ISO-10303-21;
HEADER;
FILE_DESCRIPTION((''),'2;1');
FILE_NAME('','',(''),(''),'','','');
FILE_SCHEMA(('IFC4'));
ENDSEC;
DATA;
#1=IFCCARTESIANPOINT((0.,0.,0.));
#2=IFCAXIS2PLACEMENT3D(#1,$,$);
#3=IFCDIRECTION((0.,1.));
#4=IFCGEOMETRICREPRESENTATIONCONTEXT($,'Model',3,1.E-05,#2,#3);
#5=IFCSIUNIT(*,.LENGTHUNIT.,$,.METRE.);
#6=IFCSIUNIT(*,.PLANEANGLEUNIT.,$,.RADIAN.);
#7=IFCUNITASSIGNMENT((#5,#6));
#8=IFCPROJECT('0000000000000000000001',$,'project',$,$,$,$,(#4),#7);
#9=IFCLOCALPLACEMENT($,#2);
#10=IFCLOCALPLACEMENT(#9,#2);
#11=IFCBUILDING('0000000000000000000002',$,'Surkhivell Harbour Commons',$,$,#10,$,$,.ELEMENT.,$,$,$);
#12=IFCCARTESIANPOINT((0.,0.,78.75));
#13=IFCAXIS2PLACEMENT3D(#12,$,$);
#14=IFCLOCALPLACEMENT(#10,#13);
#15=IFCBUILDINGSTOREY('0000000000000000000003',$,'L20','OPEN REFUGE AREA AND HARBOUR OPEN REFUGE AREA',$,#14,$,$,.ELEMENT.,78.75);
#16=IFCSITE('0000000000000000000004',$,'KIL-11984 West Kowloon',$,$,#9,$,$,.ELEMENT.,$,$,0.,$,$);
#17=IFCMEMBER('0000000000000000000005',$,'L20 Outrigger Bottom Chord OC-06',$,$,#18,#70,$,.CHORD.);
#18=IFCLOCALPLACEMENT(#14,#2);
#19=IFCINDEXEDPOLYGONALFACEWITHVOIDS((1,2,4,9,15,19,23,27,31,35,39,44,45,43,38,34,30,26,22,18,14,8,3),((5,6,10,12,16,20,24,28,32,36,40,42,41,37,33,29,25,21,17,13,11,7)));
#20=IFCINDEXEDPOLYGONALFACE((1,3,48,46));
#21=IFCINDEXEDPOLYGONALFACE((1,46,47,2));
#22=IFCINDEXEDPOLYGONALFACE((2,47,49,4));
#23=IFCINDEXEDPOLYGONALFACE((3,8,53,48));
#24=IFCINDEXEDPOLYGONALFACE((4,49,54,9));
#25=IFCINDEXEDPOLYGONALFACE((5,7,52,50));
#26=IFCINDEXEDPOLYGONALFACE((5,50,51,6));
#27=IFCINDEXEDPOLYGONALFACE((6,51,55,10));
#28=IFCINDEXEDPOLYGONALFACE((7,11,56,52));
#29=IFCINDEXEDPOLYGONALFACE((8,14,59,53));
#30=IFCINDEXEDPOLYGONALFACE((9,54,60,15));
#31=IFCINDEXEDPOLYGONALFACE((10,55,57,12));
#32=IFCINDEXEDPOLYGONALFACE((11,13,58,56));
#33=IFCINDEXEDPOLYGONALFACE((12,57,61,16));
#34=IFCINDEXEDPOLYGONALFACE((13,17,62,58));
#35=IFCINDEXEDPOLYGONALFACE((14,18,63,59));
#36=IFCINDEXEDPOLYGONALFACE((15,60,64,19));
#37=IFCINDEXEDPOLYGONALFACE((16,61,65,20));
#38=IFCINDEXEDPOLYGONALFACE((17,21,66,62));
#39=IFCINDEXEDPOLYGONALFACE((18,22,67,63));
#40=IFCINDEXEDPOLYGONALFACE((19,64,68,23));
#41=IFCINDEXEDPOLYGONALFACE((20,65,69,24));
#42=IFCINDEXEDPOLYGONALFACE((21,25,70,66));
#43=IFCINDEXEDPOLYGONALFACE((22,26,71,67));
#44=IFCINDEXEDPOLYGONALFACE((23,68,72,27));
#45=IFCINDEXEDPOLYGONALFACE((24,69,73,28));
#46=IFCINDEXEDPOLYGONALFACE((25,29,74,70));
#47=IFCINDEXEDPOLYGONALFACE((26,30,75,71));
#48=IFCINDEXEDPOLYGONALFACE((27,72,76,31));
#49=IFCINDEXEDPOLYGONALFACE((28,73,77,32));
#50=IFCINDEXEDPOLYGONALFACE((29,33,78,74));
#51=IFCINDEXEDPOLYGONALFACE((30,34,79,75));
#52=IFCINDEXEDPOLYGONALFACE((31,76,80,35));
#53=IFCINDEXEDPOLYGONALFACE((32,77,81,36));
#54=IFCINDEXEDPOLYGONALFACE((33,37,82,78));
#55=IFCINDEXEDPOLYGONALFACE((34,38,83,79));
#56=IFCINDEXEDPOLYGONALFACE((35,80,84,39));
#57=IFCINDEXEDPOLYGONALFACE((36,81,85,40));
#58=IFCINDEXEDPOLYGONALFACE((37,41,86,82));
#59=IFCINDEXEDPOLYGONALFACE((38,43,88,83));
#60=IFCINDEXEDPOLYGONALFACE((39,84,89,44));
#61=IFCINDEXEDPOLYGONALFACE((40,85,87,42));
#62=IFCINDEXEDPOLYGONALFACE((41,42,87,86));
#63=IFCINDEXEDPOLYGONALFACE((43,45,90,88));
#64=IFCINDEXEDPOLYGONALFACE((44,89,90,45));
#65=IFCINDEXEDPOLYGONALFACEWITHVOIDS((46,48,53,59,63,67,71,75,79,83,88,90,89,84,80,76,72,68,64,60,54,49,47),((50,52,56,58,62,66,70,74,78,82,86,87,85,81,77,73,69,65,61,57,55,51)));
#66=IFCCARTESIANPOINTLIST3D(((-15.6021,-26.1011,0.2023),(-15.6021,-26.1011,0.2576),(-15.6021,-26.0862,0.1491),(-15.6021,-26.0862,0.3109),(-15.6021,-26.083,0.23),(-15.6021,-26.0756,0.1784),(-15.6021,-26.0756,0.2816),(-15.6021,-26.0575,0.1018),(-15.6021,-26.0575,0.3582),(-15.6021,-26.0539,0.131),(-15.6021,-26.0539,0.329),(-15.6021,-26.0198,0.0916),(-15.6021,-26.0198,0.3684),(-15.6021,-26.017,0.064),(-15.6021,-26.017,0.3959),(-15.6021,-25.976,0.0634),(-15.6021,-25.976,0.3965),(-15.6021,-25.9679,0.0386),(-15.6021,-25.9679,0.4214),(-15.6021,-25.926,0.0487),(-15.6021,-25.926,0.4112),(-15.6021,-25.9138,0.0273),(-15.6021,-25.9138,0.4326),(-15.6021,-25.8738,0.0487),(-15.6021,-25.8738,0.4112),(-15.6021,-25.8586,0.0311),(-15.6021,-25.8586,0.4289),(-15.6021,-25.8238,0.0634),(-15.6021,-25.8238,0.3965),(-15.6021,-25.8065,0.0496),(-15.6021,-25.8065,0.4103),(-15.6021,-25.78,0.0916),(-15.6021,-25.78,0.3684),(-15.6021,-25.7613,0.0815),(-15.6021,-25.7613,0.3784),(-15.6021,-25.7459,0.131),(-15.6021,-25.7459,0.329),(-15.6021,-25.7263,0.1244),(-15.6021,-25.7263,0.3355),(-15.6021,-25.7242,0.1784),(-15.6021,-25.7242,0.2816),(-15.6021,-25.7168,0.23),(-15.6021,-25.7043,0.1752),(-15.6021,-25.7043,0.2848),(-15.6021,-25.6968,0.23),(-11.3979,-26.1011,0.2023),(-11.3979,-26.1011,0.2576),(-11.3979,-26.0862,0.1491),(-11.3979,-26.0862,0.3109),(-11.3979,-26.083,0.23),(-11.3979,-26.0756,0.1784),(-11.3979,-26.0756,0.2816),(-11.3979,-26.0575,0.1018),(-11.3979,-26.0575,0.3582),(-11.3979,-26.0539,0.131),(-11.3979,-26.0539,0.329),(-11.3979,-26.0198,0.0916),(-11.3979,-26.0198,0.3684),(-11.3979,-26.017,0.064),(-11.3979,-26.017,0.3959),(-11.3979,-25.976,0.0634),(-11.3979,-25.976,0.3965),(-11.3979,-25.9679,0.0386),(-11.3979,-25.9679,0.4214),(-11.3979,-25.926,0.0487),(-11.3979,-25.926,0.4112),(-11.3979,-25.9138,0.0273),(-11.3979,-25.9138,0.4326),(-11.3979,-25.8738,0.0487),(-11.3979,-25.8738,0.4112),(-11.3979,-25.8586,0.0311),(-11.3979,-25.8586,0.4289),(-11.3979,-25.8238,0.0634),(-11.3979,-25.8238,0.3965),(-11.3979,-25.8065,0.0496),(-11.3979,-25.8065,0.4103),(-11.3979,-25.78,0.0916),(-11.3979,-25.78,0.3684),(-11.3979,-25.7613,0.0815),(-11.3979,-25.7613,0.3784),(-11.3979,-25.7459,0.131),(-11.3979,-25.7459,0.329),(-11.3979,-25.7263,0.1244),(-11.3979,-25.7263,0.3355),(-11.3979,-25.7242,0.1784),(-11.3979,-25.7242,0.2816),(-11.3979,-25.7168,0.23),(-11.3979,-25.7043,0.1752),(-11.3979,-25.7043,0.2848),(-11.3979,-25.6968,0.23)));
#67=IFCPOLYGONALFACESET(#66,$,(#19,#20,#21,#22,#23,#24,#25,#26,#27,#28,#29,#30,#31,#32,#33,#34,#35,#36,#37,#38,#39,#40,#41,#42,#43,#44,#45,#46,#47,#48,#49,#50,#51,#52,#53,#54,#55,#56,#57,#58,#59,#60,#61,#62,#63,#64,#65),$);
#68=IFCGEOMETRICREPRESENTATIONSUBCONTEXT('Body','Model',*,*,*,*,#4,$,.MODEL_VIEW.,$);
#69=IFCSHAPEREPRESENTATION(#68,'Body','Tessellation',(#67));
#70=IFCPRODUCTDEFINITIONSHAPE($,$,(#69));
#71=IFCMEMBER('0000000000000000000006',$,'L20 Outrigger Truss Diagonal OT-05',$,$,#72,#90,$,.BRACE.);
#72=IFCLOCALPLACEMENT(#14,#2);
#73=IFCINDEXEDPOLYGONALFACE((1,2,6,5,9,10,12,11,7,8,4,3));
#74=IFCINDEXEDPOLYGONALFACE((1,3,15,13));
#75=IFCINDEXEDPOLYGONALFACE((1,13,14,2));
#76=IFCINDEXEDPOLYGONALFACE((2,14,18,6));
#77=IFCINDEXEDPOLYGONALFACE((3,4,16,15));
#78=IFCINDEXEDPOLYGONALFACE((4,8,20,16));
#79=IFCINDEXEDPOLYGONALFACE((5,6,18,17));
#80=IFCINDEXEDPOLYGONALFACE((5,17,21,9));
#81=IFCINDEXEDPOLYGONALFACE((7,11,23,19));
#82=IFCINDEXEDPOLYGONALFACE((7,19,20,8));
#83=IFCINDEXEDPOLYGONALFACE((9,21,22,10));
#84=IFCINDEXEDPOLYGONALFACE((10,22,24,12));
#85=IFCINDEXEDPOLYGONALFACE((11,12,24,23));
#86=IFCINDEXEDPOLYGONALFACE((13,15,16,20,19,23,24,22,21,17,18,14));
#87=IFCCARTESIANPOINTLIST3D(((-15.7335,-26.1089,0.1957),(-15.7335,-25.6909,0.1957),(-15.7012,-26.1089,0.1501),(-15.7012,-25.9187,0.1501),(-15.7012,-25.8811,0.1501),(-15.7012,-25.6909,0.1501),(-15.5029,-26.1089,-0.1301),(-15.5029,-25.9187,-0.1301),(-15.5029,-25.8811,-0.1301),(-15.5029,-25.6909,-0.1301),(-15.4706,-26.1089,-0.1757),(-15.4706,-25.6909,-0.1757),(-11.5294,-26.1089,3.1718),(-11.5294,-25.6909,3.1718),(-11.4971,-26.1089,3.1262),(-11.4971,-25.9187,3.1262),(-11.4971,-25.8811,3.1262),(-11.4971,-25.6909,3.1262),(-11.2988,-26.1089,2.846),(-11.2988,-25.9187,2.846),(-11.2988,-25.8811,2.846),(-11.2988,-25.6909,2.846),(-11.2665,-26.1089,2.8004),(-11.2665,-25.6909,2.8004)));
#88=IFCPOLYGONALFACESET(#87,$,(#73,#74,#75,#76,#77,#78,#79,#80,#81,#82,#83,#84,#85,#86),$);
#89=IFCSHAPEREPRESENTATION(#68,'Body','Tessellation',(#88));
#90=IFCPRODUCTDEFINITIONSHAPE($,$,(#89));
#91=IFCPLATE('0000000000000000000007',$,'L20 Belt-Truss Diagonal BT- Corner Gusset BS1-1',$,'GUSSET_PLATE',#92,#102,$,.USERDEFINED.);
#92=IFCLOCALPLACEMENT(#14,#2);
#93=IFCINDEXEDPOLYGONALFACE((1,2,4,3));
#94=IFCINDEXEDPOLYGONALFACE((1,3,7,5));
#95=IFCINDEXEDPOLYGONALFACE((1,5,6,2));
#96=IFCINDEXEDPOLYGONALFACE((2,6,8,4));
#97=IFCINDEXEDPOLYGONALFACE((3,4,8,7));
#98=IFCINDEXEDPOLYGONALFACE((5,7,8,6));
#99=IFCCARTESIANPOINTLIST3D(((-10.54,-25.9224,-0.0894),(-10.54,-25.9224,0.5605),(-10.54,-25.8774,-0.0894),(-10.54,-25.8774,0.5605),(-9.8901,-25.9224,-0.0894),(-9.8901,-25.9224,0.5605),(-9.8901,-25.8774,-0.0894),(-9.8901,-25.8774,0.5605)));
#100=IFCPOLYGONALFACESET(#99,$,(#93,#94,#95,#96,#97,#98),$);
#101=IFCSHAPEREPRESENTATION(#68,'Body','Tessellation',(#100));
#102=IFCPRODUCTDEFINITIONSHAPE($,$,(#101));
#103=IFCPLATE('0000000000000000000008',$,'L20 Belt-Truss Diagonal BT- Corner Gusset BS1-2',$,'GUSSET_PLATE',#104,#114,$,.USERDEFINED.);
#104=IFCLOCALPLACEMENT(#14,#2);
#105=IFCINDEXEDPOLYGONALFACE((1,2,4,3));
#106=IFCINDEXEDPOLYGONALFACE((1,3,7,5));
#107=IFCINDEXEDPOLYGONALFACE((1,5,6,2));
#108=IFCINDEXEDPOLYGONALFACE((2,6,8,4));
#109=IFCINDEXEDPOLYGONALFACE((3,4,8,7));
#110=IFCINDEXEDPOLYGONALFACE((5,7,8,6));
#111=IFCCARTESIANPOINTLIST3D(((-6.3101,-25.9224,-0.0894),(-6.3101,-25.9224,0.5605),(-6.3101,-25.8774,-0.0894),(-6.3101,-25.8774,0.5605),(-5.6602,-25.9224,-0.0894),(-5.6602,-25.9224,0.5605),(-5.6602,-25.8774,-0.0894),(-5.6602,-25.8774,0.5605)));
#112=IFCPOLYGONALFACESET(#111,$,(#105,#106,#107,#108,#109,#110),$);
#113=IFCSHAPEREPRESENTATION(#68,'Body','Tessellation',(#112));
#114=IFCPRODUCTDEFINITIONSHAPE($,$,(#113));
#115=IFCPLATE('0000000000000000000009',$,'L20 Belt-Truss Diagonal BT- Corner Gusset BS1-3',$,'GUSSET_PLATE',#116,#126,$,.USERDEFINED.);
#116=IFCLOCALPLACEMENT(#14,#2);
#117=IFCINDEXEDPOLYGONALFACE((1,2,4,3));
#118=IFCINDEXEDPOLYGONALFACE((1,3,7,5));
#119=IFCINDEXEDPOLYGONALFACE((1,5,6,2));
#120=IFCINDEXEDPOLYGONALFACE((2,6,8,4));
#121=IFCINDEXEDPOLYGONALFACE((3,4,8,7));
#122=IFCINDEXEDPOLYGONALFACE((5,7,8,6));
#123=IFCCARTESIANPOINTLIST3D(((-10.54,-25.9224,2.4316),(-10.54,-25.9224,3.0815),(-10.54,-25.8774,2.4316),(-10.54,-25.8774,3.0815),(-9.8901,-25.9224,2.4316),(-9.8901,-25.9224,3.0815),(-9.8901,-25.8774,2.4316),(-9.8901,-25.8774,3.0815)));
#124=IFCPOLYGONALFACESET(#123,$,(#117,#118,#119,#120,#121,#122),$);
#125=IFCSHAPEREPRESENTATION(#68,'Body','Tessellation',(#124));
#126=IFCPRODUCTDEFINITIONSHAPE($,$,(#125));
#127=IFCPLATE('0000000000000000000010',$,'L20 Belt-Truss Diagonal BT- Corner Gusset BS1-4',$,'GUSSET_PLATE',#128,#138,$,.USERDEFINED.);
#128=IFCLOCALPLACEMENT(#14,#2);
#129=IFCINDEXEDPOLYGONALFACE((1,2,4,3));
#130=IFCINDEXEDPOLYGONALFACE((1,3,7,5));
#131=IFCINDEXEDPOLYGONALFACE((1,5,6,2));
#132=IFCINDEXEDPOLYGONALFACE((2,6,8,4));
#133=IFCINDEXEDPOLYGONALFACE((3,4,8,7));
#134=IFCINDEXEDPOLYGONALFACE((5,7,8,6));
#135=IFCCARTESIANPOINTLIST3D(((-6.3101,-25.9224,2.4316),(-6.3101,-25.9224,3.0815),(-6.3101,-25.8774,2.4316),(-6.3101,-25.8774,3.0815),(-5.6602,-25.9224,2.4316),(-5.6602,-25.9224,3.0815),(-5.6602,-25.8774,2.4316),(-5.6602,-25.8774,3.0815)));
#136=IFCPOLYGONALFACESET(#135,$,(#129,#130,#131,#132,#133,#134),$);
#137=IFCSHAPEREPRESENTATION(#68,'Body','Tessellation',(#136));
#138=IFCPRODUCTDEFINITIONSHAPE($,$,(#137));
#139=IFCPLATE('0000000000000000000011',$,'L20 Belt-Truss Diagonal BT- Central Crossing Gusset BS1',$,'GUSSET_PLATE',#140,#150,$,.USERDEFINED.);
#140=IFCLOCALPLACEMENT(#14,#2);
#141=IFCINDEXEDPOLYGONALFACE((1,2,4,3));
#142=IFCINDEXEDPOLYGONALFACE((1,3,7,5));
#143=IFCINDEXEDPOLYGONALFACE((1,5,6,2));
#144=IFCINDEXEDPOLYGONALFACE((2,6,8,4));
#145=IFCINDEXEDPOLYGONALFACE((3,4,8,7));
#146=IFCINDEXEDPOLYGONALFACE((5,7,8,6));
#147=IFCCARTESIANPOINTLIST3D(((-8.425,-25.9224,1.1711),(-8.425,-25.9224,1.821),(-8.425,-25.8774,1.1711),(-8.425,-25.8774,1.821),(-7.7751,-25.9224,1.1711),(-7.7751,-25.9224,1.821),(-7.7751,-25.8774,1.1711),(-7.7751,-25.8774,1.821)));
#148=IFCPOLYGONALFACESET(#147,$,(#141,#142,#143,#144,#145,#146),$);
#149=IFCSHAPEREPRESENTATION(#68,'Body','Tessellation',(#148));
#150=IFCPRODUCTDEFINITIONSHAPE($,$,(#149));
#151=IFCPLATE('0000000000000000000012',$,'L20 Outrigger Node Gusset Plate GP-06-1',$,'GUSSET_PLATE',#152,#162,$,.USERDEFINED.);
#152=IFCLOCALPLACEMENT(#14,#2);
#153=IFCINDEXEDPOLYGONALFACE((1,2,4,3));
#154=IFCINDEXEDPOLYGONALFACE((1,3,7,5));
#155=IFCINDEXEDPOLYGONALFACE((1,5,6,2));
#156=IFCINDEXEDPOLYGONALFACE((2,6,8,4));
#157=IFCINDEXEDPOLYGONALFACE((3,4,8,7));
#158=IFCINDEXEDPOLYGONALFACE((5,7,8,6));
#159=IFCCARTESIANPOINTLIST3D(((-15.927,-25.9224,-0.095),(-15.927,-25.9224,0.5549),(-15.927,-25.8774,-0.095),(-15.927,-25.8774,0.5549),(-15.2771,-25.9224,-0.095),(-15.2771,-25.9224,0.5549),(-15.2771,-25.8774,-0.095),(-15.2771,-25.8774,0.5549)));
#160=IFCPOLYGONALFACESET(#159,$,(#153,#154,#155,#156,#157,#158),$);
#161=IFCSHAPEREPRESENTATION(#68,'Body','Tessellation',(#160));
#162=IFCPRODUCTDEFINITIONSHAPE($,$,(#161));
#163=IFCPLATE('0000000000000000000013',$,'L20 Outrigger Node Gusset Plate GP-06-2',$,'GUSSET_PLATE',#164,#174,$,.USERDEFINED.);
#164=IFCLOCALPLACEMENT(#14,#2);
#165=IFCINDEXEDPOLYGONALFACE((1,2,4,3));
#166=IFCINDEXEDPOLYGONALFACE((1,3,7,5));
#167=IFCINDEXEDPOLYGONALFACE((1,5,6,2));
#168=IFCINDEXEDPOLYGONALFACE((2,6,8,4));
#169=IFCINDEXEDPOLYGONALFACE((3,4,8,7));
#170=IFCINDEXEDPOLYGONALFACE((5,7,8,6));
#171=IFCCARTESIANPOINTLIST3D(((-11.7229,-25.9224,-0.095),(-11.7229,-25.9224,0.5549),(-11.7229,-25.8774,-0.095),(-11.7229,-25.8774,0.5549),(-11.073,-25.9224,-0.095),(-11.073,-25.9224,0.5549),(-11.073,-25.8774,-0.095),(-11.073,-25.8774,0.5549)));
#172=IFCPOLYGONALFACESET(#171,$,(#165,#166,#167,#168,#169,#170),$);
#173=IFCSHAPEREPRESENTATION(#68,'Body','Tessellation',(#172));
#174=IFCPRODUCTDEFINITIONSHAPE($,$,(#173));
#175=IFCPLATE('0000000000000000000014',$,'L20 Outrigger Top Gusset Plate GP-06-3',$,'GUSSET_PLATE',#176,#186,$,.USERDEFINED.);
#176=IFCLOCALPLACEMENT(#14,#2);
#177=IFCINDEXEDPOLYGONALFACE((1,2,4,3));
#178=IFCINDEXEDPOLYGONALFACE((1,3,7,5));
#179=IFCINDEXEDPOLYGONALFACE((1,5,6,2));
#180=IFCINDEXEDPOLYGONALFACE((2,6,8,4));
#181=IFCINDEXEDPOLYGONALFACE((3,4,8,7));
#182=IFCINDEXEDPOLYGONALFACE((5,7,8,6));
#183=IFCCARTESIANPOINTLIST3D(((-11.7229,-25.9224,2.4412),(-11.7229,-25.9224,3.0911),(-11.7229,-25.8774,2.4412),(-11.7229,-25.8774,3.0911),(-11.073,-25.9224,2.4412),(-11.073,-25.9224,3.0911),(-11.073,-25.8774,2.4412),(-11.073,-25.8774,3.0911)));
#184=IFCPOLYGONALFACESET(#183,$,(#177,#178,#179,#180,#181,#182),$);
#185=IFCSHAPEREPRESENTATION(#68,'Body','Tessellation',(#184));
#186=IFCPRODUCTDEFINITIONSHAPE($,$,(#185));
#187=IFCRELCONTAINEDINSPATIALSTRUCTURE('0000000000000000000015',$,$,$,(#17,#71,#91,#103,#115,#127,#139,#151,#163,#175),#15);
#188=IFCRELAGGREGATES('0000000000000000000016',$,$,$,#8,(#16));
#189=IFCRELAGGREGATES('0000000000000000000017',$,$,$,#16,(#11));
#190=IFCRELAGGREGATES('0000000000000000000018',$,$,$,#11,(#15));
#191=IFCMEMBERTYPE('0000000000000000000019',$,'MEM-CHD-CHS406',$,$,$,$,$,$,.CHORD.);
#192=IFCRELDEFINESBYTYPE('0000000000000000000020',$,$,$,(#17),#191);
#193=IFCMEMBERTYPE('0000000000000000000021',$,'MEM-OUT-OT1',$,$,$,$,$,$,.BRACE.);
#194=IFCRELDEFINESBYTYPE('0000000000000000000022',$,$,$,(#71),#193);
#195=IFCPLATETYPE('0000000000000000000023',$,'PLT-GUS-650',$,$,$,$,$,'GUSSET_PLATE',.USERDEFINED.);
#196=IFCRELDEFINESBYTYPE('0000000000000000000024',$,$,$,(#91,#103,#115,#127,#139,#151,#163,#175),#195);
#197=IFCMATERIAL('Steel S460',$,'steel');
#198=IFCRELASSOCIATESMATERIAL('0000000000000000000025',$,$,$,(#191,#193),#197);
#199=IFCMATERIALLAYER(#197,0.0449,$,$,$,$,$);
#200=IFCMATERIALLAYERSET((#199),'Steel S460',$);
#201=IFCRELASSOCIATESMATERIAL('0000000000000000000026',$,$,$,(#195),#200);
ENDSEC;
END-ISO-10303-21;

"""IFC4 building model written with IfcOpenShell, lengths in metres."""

from ifc_helpers import new_model, si_unit, direction, frame, origin, origin_2d, place, context, subcontext, project, spatial, rectangle, hollow_circle, i_section, extrude, material, layer, layer_set, material_profile, profile_set, type_object, element, save


model = new_model("IFC4")

# Units and contexts
model_context = context("Model", 3, precision=1e-05, world=origin(), true_north=direction((0.0, 1.0)))
body_context = subcontext(model_context, "Body", "Model", "MODEL_VIEW")
ifc_project = project(units=[si_unit("LENGTHUNIT", "METRE"), si_unit("PLANEANGLEUNIT", "RADIAN")], contexts=[model_context])

# Site, building, storey
site_placement = place(None, origin())
site = spatial("IfcSite", under=ifc_project, at=site_placement, Name="KIL-11984 West Kowloon", CompositionType="ELEMENT", RefElevation=0.0)
building_placement = place(site_placement, origin())
building = spatial("IfcBuilding", under=site, at=building_placement, Name="Surkhivell Harbour Commons", CompositionType="ELEMENT")
storey_placement = place(building_placement, frame((0.0, 0.0, 78.75)))
storey = spatial("IfcBuildingStorey", under=building, at=storey_placement, Name="L20", Description="OPEN REFUGE AREA AND HARBOUR OPEN REFUGE AREA", CompositionType="ELEMENT", Elevation=78.75)

# Shared definitions
ifc_material_1 = material(Name="Steel S460", Category="steel")

# Members
ifc_material_profile_1 = material_profile(ifc_material_1, hollow_circle(Radius=0.2031, WallThickness=0.02, at=origin_2d()), Name="CHS406x20")
ifc_profile_set_1 = profile_set([ifc_material_profile_1], Name="Steel S460")
member_type_1 = type_object("IfcMemberType", Name="MEM-CHD-CHS406", PredefinedType="CHORD", material=ifc_profile_set_1)
member_1_placement = place(storey_placement, frame((-15.6021, -25.8999, 0.23), z_axis=(1.0, 0.0, 0.0), x_axis=(0.0, 1.0, 0.0)))
element("IfcMember", 1, at=member_1_placement, inside=storey, type_object=member_type_1, Name="L20 Outrigger Bottom Chord OC-06", PredefinedType="CHORD", context=body_context, shape_type="SweptSolid", body=[
    extrude(hollow_circle(Radius=0.2031, WallThickness=0.02, at=origin_2d()), origin(), (0.0, 0.0, 1.0), 4.2041),
])
ifc_material_profile_2 = material_profile(ifc_material_1, i_section(OverallWidth=0.418, OverallDepth=0.4551, WebThickness=0.0376, FlangeThickness=0.0559, at=origin_2d()), Name="HD400x551")
ifc_profile_set_2 = profile_set([ifc_material_profile_2], Name="Steel S460")
member_type_2 = type_object("IfcMemberType", Name="MEM-OUT-OT1", PredefinedType="BRACE", material=ifc_profile_set_2)
member_2_placement = place(storey_placement, frame((-15.6021, -25.8999, 0.01), z_axis=(0.816192, 0.0, 0.577781), x_axis=(0.0, 1.0, 0.0)))
element("IfcMember", 2, at=member_2_placement, inside=storey, type_object=member_type_2, Name="L20 Outrigger Truss Diagonal OT-05", PredefinedType="BRACE", context=body_context, shape_type="SweptSolid", body=[
    extrude(i_section(OverallWidth=0.418, OverallDepth=0.4551, WebThickness=0.0376, FlangeThickness=0.0559, at=origin_2d()), origin(), (0.0, 0.0, 1.0), 5.1509),
])

# Plates
ifc_layer = layer(ifc_material_1, 0.0449)
ifc_layer_set = layer_set([ifc_layer], Name="Steel S460")
plate_type = type_object("IfcPlateType", Name="PLT-GUS-650", ElementType="GUSSET_PLATE", PredefinedType="USERDEFINED", material=ifc_layer_set)
for number, where, z_axis, x_axis, name in (
    (3, (-10.2151, -25.8999, -0.0894), (0.0, 0.0, 1.0), (1.0, 0.0, 0.0), "L20 Belt-Truss Diagonal BT- Corner Gusset BS1-1"),
    (4, (-5.9851, -25.8999, -0.0894), (0.0, 0.0, 1.0), (1.0, 0.0, 0.0), "L20 Belt-Truss Diagonal BT- Corner Gusset BS1-2"),
    (5, (-10.2151, -25.8999, 2.4316), (0.0, 0.0, 1.0), (1.0, 0.0, 0.0), "L20 Belt-Truss Diagonal BT- Corner Gusset BS1-3"),
    (6, (-5.9851, -25.8999, 2.4316), (0.0, 0.0, 1.0), (1.0, 0.0, 0.0), "L20 Belt-Truss Diagonal BT- Corner Gusset BS1-4"),
    (7, (-8.1001, -25.8999, 1.1711), (0.0, 0.0, 1.0), (1.0, 0.0, 0.0), "L20 Belt-Truss Diagonal BT- Central Crossing Gusset BS1"),
    (8, (-15.6021, -25.8999, -0.095), (0.0, 0.0, 1.0), (1.0, 0.0, 0.0), "L20 Outrigger Node Gusset Plate GP-06-1"),
    (9, (-11.3979, -25.8999, -0.095), (0.0, 0.0, 1.0), (1.0, 0.0, 0.0), "L20 Outrigger Node Gusset Plate GP-06-2"),
    (10, (-11.3979, -25.8999, 2.4412), (0.0, 0.0, 1.0), (1.0, 0.0, 0.0), "L20 Outrigger Top Gusset Plate GP-06-3"),
):
    element("IfcPlate", number, at=place(storey_placement, frame(where, z_axis=z_axis, x_axis=x_axis)), inside=storey, type_object=plate_type, Name=name, ObjectType="GUSSET_PLATE", PredefinedType="USERDEFINED", context=body_context, shape_type="SweptSolid", body=[
        extrude(rectangle(XDim=0.6499, YDim=0.0449, at=origin_2d()), origin(), (0.0, 0.0, 1.0), 0.6499),
    ])

save(model, "model.ifc")
